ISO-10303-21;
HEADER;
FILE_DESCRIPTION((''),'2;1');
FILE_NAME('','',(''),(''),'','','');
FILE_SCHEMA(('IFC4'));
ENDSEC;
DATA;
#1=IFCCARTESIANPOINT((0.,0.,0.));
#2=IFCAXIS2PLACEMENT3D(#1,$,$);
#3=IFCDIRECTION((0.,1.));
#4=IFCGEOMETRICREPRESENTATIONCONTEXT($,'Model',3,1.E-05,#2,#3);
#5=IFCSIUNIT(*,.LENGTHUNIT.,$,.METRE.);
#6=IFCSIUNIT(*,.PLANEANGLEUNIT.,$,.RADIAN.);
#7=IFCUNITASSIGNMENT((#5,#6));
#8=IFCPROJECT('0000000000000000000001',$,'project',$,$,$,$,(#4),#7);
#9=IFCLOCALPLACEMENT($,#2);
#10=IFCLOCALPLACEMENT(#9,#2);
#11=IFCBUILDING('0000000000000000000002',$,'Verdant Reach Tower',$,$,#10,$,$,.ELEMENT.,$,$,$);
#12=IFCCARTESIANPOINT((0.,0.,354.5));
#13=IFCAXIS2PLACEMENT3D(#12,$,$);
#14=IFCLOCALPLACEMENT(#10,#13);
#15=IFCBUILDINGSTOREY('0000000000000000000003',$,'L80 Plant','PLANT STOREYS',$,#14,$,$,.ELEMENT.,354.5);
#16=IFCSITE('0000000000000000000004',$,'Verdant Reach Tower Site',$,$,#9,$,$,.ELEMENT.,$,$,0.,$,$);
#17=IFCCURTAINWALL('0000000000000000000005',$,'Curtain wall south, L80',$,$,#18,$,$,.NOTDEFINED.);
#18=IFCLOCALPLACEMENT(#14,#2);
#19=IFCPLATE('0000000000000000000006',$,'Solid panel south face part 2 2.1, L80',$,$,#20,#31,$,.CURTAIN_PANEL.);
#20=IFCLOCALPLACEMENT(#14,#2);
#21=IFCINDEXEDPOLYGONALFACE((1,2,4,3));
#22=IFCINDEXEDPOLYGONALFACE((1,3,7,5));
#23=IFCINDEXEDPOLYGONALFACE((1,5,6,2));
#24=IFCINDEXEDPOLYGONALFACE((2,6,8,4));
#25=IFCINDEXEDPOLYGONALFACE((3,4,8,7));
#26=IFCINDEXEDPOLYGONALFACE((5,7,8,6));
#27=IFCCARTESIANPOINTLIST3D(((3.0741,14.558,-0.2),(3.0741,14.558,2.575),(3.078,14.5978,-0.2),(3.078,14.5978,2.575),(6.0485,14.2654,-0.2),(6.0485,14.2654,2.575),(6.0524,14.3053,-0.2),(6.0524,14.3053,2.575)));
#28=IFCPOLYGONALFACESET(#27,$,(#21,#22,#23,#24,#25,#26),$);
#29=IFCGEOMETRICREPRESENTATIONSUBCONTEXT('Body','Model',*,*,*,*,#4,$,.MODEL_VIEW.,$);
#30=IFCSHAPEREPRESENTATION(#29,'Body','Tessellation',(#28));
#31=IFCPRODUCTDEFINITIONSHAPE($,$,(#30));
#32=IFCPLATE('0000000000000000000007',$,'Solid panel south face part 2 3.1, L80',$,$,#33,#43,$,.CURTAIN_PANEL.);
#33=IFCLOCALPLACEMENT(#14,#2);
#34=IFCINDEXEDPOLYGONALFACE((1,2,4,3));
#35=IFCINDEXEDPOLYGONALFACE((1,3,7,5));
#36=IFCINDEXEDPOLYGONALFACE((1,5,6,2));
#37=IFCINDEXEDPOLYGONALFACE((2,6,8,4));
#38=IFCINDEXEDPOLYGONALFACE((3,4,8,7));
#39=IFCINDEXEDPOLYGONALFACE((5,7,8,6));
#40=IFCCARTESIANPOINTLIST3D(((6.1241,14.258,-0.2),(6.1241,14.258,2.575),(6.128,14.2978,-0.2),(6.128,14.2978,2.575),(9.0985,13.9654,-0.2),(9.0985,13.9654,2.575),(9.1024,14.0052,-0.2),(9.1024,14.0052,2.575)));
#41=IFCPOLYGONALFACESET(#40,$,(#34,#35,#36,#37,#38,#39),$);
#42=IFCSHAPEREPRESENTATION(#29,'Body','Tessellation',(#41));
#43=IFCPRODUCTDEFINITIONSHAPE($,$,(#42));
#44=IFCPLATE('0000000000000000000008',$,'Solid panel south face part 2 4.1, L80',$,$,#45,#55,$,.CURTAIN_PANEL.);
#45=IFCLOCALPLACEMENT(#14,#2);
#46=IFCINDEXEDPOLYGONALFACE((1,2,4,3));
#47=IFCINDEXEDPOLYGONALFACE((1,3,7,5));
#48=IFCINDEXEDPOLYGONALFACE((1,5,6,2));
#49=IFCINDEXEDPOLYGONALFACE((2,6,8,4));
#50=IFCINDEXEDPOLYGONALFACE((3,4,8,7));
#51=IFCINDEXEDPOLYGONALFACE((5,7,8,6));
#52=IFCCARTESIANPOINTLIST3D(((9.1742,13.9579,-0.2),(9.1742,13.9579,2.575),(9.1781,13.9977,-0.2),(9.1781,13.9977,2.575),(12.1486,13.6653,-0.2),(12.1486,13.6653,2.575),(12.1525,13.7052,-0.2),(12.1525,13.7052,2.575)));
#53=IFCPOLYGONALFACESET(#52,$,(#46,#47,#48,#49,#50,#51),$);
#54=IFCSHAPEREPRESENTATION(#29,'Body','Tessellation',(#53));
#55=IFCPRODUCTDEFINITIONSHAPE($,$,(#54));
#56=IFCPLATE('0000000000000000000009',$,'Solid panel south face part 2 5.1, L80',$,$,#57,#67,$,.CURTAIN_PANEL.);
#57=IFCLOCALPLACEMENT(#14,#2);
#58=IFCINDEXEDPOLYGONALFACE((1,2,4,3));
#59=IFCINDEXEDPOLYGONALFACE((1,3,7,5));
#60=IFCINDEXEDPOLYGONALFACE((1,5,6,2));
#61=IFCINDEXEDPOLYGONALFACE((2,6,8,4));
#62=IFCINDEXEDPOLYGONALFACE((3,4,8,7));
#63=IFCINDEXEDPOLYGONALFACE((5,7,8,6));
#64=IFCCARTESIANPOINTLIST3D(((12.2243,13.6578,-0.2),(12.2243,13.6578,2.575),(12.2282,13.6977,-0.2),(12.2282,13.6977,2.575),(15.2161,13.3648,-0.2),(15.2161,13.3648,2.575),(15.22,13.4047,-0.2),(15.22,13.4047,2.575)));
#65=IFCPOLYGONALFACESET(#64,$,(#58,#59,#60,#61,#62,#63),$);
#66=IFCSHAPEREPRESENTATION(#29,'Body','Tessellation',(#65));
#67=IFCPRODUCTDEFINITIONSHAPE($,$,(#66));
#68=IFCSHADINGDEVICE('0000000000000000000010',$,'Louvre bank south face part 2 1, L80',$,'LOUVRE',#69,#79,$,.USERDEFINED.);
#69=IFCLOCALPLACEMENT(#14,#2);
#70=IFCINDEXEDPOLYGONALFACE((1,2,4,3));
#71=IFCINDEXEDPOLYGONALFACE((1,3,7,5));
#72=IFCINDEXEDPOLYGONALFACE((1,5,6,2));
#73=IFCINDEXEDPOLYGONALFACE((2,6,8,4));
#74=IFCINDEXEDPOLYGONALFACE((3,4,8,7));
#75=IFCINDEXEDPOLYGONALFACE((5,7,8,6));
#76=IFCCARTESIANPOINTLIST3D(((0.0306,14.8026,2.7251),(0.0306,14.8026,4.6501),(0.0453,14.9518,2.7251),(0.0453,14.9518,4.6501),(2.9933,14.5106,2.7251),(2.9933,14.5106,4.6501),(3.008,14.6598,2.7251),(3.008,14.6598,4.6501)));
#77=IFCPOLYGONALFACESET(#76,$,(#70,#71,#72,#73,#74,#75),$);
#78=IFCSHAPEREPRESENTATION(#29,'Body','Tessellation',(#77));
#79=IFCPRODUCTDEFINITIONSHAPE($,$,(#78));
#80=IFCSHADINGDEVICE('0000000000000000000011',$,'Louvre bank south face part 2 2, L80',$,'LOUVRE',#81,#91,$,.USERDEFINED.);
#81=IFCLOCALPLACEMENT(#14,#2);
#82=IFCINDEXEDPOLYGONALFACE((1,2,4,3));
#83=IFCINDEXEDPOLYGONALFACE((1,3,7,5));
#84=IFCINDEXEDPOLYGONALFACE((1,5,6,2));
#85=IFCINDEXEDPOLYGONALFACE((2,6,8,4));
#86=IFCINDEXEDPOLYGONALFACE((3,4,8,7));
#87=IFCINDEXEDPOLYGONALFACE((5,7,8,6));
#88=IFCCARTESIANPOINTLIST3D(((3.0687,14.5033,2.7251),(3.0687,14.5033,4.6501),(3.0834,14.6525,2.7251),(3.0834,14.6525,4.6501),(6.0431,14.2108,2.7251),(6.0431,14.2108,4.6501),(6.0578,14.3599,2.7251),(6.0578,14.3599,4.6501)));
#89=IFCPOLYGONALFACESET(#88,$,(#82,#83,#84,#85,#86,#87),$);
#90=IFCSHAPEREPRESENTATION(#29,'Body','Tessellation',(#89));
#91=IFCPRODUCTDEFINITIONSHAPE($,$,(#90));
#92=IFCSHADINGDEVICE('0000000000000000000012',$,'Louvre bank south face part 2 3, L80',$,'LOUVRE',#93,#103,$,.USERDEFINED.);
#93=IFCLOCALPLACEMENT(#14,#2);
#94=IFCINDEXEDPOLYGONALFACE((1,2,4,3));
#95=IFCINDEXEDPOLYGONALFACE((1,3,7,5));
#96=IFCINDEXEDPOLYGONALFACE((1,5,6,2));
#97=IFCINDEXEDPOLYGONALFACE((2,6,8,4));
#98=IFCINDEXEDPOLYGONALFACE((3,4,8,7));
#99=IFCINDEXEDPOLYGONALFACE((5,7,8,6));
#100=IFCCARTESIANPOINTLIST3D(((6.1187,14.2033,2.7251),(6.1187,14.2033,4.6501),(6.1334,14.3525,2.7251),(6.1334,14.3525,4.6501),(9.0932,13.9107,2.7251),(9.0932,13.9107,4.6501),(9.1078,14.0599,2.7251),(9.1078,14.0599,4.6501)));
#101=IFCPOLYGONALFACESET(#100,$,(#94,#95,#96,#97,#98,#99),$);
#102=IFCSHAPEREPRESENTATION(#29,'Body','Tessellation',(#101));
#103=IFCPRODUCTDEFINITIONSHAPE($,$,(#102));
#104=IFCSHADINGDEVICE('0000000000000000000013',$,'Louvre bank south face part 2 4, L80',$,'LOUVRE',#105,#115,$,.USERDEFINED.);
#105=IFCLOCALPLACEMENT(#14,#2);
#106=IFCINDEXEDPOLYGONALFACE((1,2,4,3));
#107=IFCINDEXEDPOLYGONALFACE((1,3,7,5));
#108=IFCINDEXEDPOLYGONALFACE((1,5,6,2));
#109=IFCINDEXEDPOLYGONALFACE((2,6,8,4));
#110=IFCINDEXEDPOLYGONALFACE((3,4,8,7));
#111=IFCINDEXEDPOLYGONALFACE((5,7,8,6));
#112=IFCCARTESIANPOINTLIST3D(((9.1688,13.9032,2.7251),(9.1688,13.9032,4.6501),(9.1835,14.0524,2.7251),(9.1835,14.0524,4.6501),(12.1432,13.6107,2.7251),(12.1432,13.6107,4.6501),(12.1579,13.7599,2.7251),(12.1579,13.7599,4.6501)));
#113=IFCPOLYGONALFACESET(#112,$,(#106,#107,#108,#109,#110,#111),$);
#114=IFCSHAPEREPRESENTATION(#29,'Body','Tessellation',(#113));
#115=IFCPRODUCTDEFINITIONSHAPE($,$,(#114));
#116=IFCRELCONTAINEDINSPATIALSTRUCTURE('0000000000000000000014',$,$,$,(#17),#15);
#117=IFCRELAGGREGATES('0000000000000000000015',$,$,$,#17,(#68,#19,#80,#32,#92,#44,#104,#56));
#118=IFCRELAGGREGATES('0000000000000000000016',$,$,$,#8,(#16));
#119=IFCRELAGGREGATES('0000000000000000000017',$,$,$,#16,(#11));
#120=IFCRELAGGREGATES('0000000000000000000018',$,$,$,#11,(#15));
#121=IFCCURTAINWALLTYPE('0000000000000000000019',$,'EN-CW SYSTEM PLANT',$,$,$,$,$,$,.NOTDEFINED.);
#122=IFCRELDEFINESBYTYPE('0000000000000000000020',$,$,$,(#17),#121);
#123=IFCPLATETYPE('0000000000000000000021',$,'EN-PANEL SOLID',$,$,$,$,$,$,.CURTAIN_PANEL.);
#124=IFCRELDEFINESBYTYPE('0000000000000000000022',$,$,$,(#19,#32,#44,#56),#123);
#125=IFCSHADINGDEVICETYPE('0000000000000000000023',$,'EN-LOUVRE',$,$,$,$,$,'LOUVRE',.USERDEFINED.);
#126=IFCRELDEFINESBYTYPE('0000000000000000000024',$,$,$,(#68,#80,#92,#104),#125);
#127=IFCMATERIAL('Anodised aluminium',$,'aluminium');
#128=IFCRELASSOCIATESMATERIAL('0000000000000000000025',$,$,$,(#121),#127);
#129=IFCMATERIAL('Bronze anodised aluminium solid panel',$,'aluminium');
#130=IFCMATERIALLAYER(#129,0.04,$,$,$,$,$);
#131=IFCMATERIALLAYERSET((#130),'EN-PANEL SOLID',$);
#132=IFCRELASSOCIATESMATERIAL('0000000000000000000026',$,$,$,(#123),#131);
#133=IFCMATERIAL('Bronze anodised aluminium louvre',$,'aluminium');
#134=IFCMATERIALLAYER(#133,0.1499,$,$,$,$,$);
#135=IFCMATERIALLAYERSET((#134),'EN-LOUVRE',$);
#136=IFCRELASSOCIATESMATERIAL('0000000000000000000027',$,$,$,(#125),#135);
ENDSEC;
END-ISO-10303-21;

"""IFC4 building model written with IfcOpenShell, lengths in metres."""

from ifc_helpers import new_model, si_unit, direction, frame, origin, origin_2d, place, context, subcontext, project, spatial, rectangle, extrude, material, layer, layer_set, type_object, element, aggregate, save


model = new_model("IFC4")

# Units and contexts
model_context = context("Model", 3, precision=1e-05, world=origin(), true_north=direction((0.0, 1.0)))
body_context = subcontext(model_context, "Body", "Model", "MODEL_VIEW")
ifc_project = project(units=[si_unit("LENGTHUNIT", "METRE"), si_unit("PLANEANGLEUNIT", "RADIAN")], contexts=[model_context])

# Site, building, storey
site_placement = place(None, origin())
site = spatial("IfcSite", under=ifc_project, at=site_placement, Name="Verdant Reach Tower Site", CompositionType="ELEMENT", RefElevation=0.0)
building_placement = place(site_placement, origin())
building = spatial("IfcBuilding", under=site, at=building_placement, Name="Verdant Reach Tower", CompositionType="ELEMENT")
storey_placement = place(building_placement, frame((0.0, 0.0, 354.5)))
storey = spatial("IfcBuildingStorey", under=building, at=storey_placement, Name="L80 Plant", Description="PLANT STOREYS", CompositionType="ELEMENT", Elevation=354.5)

# Curtain wall
ifc_material_1 = material(Name="Anodised aluminium", Category="aluminium")
curtain_wall_type = type_object("IfcCurtainWallType", Name="EN-CW SYSTEM PLANT", PredefinedType="NOTDEFINED", material=ifc_material_1)
curtain_wall_placement = place(storey_placement, origin())
curtain_wall = element("IfcCurtainWall", 1, at=curtain_wall_placement, inside=storey, type_object=curtain_wall_type, Name="Curtain wall south, L80", PredefinedType="NOTDEFINED")

# Plates
ifc_material_2 = material(Name="Bronze anodised aluminium solid panel", Category="aluminium")
ifc_layer_1 = layer(ifc_material_2, 0.04)
ifc_layer_set_1 = layer_set([ifc_layer_1], Name="EN-PANEL SOLID")
plate_type = type_object("IfcPlateType", Name="EN-PANEL SOLID", PredefinedType="CURTAIN_PANEL", material=ifc_layer_set_1)
plate_1_placement = place(storey_placement, frame((4.5632, 14.4316, -0.2), z_axis=(0.0, 0.0, 1.0), x_axis=(0.995197, -0.097888, 0.0)))
plate_1 = element("IfcPlate", 2, at=plate_1_placement, type_object=plate_type, Name="Solid panel south face part 2 2.1, L80", PredefinedType="CURTAIN_PANEL", context=body_context, shape_type="SweptSolid", body=[
    extrude(rectangle(XDim=2.9888, YDim=0.04, at=origin_2d()), origin(), (0.0, 0.0, 1.0), 2.7749),
])
plate_2_placement = place(storey_placement, frame((7.6133, 14.1316, -0.2), z_axis=(0.0, 0.0, 1.0), x_axis=(0.995197, -0.097888, 0.0)))
plate_2 = element("IfcPlate", 3, at=plate_2_placement, type_object=plate_type, Name="Solid panel south face part 2 3.1, L80", PredefinedType="CURTAIN_PANEL", context=body_context, shape_type="SweptSolid", body=[
    extrude(rectangle(XDim=2.9888, YDim=0.04, at=origin_2d()), origin(), (0.0, 0.0, 1.0), 2.7749),
])
plate_3_placement = place(storey_placement, frame((10.6633, 13.8315, -0.2), z_axis=(0.0, 0.0, 1.0), x_axis=(0.995197, -0.097888, 0.0)))
plate_3 = element("IfcPlate", 4, at=plate_3_placement, type_object=plate_type, Name="Solid panel south face part 2 4.1, L80", PredefinedType="CURTAIN_PANEL", context=body_context, shape_type="SweptSolid", body=[
    extrude(rectangle(XDim=2.9888, YDim=0.04, at=origin_2d()), origin(), (0.0, 0.0, 1.0), 2.7749),
])
plate_4_placement = place(storey_placement, frame((13.7222, 13.5312, -0.2), z_axis=(0.0, 0.0, 1.0), x_axis=(0.995238, -0.097473, 0.0)))
plate_4 = element("IfcPlate", 5, at=plate_4_placement, type_object=plate_type, Name="Solid panel south face part 2 5.1, L80", PredefinedType="CURTAIN_PANEL", context=body_context, shape_type="SweptSolid", body=[
    extrude(rectangle(XDim=3.0061, YDim=0.04, at=origin_2d()), origin(), (0.0, 0.0, 1.0), 2.7749),
])

# Shading devices
ifc_material_3 = material(Name="Bronze anodised aluminium louvre", Category="aluminium")
ifc_layer_2 = layer(ifc_material_3, 0.1499)
ifc_layer_set_2 = layer_set([ifc_layer_2], Name="EN-LOUVRE")
shading_device_type = type_object("IfcShadingDeviceType", Name="EN-LOUVRE", ElementType="LOUVRE", PredefinedType="USERDEFINED", material=ifc_layer_set_2)
shading_device_1_placement = place(storey_placement, frame((1.5193, 14.7312, 2.7251), z_axis=(0.0, 0.0, 1.0), x_axis=(0.995179, -0.098075, 0.0)))
shading_device_1 = element("IfcShadingDevice", 6, at=shading_device_1_placement, type_object=shading_device_type, Name="Louvre bank south face part 2 1, L80", ObjectType="LOUVRE", PredefinedType="USERDEFINED", context=body_context, shape_type="SweptSolid", body=[
    extrude(rectangle(XDim=2.9771, YDim=0.1499, at=origin_2d()), origin(), (0.0, 0.0, 1.0), 1.925),
])
shading_device_2_placement = place(storey_placement, frame((4.5632, 14.4316, 2.7251), z_axis=(0.0, 0.0, 1.0), x_axis=(0.995197, -0.097888, 0.0)))
shading_device_2 = element("IfcShadingDevice", 7, at=shading_device_2_placement, type_object=shading_device_type, Name="Louvre bank south face part 2 2, L80", ObjectType="LOUVRE", PredefinedType="USERDEFINED", context=body_context, shape_type="SweptSolid", body=[
    extrude(rectangle(XDim=2.9888, YDim=0.1499, at=origin_2d()), origin(), (0.0, 0.0, 1.0), 1.925),
])
shading_device_3_placement = place(storey_placement, frame((7.6133, 14.1316, 2.7251), z_axis=(0.0, 0.0, 1.0), x_axis=(0.995197, -0.097888, 0.0)))
shading_device_3 = element("IfcShadingDevice", 8, at=shading_device_3_placement, type_object=shading_device_type, Name="Louvre bank south face part 2 3, L80", ObjectType="LOUVRE", PredefinedType="USERDEFINED", context=body_context, shape_type="SweptSolid", body=[
    extrude(rectangle(XDim=2.9888, YDim=0.1499, at=origin_2d()), origin(), (0.0, 0.0, 1.0), 1.925),
])
shading_device_4_placement = place(storey_placement, frame((10.6633, 13.8315, 2.7251), z_axis=(0.0, 0.0, 1.0), x_axis=(0.995197, -0.097888, 0.0)))
shading_device_4 = element("IfcShadingDevice", 9, at=shading_device_4_placement, type_object=shading_device_type, Name="Louvre bank south face part 2 4, L80", ObjectType="LOUVRE", PredefinedType="USERDEFINED", context=body_context, shape_type="SweptSolid", body=[
    extrude(rectangle(XDim=2.9888, YDim=0.1499, at=origin_2d()), origin(), (0.0, 0.0, 1.0), 1.925),
])
aggregate(curtain_wall, [shading_device_1, plate_1, shading_device_2, plate_2, shading_device_3, plate_3, shading_device_4, plate_4])

save(model, "model.ifc")
